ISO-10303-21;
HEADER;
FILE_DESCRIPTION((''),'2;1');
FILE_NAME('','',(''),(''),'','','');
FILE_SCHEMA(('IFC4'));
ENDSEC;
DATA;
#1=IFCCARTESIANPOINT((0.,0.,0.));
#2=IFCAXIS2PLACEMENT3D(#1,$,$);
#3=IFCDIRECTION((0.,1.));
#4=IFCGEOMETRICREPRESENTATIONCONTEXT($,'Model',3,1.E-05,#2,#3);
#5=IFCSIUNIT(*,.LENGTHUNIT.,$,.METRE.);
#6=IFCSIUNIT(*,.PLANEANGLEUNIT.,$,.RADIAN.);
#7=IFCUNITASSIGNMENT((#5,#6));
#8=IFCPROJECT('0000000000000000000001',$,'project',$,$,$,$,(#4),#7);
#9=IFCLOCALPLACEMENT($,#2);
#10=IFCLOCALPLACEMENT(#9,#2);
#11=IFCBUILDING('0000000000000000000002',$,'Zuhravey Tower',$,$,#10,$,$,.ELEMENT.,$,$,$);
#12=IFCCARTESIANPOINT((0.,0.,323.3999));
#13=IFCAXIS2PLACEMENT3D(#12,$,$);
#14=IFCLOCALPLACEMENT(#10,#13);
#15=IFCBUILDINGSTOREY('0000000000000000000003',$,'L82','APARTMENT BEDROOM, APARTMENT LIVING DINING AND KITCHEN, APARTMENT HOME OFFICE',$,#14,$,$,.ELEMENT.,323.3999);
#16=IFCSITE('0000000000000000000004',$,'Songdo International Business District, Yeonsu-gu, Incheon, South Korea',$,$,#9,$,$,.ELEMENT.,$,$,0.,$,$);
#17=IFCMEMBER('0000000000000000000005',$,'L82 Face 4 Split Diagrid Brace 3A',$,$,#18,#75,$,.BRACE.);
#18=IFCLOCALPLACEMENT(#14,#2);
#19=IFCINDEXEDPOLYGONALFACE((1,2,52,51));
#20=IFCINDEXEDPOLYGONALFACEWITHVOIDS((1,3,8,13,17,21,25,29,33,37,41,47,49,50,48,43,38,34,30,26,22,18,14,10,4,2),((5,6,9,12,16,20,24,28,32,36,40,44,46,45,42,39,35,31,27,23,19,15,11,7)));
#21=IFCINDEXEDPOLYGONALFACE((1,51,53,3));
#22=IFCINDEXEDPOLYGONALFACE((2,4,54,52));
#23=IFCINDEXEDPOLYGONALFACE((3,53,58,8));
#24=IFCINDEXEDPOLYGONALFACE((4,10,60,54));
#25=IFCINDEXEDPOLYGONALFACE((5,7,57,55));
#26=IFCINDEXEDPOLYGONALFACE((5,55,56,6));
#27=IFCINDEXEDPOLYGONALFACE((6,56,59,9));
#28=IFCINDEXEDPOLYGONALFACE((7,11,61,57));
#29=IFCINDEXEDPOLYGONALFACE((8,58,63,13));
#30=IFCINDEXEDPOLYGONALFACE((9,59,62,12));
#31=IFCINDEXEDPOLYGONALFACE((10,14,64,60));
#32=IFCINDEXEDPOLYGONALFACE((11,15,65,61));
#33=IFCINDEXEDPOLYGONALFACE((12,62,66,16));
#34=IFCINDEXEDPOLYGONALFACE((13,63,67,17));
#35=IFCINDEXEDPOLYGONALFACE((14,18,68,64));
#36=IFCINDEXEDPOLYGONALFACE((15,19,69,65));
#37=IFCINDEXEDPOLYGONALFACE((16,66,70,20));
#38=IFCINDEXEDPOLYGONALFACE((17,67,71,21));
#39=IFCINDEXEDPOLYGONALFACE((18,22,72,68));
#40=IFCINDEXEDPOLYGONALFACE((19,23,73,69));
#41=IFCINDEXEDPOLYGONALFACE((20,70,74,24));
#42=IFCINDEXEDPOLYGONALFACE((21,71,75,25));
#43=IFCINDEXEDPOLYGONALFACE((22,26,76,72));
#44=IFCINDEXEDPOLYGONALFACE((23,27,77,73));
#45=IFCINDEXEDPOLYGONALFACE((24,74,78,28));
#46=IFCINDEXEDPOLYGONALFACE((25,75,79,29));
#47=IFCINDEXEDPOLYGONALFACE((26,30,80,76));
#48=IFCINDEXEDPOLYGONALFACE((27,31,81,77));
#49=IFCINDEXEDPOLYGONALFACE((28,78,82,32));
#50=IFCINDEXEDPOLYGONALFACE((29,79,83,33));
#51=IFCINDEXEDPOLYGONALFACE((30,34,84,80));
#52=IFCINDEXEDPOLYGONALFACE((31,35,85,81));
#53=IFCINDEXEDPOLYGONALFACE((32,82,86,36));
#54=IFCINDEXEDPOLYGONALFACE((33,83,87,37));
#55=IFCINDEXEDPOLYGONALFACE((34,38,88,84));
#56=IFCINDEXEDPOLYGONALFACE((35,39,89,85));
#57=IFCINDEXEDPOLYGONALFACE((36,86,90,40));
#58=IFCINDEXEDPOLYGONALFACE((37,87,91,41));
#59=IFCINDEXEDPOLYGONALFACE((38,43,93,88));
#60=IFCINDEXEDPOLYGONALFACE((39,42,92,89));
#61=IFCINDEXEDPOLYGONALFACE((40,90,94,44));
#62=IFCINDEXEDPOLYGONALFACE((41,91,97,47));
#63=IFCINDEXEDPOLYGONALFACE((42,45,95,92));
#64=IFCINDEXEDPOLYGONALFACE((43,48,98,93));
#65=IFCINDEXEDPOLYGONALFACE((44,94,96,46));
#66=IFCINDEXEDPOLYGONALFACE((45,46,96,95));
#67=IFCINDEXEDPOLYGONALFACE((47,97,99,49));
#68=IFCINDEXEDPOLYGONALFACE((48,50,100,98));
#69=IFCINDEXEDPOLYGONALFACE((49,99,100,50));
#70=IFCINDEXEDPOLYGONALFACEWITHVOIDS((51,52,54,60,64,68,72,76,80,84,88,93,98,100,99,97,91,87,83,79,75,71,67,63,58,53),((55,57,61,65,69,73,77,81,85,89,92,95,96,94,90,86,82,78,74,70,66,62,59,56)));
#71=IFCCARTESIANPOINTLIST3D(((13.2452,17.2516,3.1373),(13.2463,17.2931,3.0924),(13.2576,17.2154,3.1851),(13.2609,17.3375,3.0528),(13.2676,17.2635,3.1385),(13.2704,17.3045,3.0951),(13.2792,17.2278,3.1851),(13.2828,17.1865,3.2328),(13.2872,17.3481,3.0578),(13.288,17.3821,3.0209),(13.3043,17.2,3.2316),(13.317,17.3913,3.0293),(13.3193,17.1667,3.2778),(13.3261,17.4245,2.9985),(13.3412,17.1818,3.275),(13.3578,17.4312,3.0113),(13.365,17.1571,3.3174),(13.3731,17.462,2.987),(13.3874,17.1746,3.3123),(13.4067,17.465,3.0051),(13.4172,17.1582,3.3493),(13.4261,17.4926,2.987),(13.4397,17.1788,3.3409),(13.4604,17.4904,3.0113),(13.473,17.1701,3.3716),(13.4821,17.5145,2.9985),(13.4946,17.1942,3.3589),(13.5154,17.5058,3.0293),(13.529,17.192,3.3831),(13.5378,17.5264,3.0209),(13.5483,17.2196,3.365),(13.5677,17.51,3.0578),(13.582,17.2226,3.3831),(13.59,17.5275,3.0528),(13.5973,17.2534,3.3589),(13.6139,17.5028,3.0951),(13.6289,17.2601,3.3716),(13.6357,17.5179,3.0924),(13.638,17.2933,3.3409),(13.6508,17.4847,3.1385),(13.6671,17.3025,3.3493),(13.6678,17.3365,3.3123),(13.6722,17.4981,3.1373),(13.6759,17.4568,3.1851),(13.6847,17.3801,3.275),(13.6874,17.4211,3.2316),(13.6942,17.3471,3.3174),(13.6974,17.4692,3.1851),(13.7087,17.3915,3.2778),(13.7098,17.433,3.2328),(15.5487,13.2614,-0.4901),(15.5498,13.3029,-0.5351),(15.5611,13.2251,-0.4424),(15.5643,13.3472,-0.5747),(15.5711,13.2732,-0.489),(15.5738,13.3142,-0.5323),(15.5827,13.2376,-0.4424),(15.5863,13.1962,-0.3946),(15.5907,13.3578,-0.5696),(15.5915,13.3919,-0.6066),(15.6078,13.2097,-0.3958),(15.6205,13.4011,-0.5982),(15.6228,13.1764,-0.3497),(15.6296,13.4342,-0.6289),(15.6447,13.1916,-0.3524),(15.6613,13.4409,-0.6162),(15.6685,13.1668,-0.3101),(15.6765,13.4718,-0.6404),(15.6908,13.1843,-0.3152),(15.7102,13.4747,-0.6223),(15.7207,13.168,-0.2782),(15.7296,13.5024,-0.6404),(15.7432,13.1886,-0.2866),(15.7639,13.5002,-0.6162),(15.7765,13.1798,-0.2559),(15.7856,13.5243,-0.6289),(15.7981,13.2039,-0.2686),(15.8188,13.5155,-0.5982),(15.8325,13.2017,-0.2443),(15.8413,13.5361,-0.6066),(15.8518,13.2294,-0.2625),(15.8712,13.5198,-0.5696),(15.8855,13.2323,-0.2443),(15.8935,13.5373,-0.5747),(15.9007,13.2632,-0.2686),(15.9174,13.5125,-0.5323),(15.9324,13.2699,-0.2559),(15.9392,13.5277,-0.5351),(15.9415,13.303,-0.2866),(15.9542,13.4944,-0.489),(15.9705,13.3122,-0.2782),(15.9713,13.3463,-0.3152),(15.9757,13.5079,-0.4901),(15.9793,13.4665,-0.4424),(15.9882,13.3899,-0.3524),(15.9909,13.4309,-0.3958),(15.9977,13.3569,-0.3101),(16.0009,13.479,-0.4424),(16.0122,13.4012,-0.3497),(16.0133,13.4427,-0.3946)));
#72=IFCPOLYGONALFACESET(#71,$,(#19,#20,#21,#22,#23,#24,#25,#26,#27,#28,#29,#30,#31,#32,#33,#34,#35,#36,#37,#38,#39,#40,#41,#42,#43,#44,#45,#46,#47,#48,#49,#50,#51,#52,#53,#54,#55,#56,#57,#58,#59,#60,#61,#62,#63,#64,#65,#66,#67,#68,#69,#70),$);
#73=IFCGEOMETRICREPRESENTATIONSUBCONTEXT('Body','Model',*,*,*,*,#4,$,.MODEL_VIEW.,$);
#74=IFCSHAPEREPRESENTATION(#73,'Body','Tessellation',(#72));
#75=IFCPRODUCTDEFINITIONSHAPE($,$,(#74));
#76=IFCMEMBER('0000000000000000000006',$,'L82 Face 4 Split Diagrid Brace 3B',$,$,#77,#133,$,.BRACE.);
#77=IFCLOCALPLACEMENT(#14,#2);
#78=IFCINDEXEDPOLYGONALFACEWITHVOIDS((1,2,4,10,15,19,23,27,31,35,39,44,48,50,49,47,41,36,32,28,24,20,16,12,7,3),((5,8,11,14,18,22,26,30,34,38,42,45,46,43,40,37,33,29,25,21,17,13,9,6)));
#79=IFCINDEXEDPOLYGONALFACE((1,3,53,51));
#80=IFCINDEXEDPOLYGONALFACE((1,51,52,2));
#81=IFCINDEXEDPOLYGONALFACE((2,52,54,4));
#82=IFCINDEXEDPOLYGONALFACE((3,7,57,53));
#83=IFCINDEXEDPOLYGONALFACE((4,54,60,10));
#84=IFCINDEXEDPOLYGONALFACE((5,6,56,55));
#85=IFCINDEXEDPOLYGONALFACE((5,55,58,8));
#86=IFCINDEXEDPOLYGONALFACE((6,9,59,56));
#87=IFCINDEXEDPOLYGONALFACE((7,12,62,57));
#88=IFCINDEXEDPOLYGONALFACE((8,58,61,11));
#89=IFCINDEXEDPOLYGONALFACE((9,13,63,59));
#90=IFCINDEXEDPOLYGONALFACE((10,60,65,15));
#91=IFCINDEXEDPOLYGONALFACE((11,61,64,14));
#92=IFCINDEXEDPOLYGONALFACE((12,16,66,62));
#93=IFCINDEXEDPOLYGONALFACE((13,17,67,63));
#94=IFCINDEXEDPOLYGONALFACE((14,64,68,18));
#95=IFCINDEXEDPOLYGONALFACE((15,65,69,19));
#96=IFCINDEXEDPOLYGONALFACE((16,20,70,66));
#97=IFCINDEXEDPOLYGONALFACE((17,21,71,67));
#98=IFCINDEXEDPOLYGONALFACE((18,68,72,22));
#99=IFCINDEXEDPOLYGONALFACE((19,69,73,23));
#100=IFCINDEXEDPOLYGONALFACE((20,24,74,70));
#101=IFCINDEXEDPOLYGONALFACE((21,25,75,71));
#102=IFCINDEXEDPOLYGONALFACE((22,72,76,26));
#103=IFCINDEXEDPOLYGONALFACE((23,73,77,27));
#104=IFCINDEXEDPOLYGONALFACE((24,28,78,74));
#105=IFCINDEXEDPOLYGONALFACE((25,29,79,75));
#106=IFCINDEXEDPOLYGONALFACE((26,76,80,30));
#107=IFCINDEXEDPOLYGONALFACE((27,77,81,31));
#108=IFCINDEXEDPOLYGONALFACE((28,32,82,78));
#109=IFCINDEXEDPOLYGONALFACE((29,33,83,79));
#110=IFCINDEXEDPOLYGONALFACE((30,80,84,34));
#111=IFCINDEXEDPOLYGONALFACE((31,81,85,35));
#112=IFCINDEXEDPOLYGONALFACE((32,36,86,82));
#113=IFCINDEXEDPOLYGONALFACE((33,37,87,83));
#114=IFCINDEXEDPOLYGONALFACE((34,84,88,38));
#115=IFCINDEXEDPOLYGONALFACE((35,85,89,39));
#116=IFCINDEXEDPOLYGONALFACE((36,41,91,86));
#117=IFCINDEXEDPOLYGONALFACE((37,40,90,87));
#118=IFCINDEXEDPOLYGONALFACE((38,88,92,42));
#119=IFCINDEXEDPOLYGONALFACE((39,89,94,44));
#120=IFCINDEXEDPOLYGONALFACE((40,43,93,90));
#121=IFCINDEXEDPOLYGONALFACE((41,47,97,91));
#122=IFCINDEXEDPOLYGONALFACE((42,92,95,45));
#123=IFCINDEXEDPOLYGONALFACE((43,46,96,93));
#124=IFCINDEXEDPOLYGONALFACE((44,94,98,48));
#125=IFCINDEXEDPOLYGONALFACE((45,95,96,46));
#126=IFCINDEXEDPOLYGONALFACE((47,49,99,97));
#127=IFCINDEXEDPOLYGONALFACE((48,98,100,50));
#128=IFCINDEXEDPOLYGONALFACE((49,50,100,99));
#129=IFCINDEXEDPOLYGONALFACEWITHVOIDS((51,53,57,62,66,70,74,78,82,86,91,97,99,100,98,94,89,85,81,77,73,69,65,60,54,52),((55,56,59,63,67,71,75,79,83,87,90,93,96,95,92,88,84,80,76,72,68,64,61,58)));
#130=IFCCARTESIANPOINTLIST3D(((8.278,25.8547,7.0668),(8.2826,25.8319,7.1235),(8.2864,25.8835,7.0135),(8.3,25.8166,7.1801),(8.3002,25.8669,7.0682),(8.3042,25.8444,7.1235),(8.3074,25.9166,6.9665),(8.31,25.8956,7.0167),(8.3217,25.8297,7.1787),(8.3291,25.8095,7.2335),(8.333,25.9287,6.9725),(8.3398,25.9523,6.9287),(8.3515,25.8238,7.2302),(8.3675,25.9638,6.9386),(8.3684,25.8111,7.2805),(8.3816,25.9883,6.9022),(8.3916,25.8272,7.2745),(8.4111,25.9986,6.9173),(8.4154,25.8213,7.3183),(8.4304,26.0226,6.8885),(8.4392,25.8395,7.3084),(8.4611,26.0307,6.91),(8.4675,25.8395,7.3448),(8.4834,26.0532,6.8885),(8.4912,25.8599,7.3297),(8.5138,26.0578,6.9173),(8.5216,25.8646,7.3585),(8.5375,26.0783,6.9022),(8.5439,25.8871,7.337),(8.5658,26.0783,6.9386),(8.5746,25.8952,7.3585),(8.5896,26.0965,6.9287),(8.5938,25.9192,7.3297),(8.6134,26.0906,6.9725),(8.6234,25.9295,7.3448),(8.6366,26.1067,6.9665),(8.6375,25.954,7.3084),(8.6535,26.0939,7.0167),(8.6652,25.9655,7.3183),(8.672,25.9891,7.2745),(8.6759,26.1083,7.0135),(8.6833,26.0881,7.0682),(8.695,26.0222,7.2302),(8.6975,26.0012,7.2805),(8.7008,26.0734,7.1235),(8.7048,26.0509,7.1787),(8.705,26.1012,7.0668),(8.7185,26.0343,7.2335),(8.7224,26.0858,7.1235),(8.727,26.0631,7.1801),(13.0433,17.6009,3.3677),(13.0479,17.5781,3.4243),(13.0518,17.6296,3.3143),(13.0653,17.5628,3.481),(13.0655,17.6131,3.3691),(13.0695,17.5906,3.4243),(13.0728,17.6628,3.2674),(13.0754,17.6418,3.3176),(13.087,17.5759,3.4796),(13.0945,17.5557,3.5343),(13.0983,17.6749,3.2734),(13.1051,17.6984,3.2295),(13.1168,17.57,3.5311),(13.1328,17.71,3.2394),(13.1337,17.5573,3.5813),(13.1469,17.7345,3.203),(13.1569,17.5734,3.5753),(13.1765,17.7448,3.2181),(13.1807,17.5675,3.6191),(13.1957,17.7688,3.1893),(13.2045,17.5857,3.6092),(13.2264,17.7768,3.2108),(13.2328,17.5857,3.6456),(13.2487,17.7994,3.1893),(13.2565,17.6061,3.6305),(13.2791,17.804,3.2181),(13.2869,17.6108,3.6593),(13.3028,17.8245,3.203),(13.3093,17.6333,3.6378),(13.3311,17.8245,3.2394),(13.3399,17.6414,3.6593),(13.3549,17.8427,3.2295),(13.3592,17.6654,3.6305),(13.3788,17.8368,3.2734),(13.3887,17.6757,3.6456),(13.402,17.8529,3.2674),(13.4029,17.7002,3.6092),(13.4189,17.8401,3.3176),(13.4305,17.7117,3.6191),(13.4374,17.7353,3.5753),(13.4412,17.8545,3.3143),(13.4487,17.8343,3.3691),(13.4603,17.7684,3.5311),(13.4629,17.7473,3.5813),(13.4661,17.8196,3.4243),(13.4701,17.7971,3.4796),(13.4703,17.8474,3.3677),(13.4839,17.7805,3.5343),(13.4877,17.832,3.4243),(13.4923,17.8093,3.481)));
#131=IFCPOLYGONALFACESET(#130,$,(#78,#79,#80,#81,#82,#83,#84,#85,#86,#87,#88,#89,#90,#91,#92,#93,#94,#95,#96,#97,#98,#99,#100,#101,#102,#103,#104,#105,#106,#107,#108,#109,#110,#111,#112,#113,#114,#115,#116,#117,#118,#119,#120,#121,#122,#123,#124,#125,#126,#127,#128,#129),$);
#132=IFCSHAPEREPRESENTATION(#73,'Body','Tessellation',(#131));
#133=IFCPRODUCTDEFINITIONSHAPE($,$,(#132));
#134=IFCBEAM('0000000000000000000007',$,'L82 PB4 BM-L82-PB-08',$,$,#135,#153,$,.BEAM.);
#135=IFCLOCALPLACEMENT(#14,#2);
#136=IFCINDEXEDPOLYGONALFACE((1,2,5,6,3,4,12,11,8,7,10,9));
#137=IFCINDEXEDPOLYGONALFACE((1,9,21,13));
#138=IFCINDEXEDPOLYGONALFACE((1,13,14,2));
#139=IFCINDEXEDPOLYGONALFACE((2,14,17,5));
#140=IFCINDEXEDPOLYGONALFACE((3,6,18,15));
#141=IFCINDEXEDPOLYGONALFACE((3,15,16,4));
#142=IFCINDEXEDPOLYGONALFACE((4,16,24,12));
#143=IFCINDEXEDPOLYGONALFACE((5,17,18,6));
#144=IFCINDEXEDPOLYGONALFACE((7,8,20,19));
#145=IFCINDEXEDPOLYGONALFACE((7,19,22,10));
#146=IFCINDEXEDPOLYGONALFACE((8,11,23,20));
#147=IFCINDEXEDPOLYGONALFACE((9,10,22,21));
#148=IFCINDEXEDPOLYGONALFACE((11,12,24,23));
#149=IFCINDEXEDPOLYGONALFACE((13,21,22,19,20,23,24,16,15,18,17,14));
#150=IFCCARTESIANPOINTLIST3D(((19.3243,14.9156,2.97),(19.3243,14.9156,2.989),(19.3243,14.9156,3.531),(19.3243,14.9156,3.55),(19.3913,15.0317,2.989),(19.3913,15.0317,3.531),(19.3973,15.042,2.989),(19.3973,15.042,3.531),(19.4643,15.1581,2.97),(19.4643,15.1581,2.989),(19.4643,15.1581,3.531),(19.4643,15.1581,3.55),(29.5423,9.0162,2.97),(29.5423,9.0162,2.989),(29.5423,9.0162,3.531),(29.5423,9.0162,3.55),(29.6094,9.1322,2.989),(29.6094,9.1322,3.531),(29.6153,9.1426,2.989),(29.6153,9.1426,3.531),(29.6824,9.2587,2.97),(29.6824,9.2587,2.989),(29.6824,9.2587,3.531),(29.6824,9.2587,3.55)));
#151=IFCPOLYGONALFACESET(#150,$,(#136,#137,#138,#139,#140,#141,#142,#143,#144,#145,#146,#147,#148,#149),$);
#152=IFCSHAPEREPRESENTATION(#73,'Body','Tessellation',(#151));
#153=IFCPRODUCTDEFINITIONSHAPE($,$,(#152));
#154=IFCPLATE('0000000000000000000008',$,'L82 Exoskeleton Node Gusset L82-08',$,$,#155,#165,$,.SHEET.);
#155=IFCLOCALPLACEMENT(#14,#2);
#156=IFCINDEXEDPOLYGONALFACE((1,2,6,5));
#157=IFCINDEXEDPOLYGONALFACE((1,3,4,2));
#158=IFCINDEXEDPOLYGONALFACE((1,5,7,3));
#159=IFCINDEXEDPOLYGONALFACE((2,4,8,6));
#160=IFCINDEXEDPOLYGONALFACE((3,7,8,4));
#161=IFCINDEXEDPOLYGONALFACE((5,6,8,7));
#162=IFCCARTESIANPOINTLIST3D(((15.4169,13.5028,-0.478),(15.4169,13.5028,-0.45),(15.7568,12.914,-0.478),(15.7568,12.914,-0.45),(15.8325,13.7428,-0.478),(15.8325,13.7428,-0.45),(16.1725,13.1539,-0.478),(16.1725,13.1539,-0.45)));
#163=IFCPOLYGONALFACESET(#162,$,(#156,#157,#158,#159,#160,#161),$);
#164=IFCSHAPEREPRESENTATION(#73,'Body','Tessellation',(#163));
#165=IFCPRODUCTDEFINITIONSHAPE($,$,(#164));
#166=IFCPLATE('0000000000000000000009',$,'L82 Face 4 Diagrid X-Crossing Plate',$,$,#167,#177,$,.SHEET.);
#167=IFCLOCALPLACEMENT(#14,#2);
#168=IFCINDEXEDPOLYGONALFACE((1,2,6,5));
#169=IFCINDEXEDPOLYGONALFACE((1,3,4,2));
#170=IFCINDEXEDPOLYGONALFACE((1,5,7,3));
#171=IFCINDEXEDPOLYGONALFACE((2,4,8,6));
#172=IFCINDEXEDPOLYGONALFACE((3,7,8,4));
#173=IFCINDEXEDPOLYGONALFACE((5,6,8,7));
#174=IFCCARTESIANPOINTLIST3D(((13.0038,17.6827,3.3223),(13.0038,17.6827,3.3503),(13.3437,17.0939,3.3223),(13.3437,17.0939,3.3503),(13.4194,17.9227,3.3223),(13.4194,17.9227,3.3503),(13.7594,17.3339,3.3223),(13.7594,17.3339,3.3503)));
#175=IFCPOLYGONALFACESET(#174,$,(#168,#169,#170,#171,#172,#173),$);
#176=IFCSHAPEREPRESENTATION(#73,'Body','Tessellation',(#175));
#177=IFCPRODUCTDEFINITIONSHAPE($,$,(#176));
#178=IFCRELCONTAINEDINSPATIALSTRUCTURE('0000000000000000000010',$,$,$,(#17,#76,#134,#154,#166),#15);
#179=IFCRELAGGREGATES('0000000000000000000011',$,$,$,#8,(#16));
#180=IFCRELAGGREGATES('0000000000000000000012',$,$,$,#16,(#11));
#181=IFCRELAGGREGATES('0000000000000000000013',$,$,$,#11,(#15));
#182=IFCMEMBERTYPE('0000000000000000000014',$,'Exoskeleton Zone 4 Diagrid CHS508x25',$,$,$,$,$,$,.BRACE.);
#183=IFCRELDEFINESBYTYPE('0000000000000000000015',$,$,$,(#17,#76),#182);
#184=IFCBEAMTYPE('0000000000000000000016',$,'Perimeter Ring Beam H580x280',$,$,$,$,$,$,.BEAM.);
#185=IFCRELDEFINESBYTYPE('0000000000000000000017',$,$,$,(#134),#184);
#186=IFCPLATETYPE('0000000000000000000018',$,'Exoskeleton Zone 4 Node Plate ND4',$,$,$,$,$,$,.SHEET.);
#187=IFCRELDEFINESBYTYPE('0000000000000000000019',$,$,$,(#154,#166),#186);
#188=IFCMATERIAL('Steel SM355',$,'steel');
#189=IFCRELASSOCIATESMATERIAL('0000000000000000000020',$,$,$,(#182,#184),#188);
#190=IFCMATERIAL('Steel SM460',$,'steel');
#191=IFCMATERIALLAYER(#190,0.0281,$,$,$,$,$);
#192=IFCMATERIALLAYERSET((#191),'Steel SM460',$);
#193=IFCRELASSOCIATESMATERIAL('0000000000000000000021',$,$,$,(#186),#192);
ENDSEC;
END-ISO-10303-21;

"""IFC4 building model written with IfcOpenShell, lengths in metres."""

from ifc_helpers import new_model, si_unit, direction, frame, origin, origin_2d, place, context, subcontext, project, spatial, rectangle, hollow_circle, i_section, extrude, material, layer, layer_set, material_profile, profile_set, type_object, element, save


model = new_model("IFC4")

# Units and contexts
model_context = context("Model", 3, precision=1e-05, world=origin(), true_north=direction((0.0, 1.0)))
body_context = subcontext(model_context, "Body", "Model", "MODEL_VIEW")
ifc_project = project(units=[si_unit("LENGTHUNIT", "METRE"), si_unit("PLANEANGLEUNIT", "RADIAN")], contexts=[model_context])

# Site, building, storey
site_placement = place(None, origin())
site = spatial("IfcSite", under=ifc_project, at=site_placement, Name="Songdo International Business District, Yeonsu-gu, Incheon, South Korea", CompositionType="ELEMENT", RefElevation=0.0)
building_placement = place(site_placement, origin())
building = spatial("IfcBuilding", under=site, at=building_placement, Name="Zuhravey Tower", CompositionType="ELEMENT")
storey_placement = place(building_placement, frame((0.0, 0.0, 323.3999)))
storey = spatial("IfcBuildingStorey", under=building, at=storey_placement, Name="L82", Description="APARTMENT BEDROOM, APARTMENT LIVING DINING AND KITCHEN, APARTMENT HOME OFFICE", CompositionType="ELEMENT", Elevation=323.3999)

# Members
ifc_material_1 = material(Name="Steel SM355", Category="steel")
ifc_material_profile_1 = material_profile(ifc_material_1, hollow_circle(Radius=0.2539, WallThickness=0.0249, at=origin_2d()), Name="CHS-508.0x25")
ifc_profile_set_1 = profile_set([ifc_material_profile_1], Name="Steel SM355")
member_type_1 = type_object("IfcMemberType", Name="Exoskeleton Zone 4 Diagrid CHS508x25", PredefinedType="BRACE", material=ifc_profile_set_1)
member_1_placement = place(storey_placement, frame((15.781, 13.3521, -0.4424), z_axis=(-0.392816, 0.680465, 0.618597), x_axis=(-0.866053, -0.499952, 0.0)))
element("IfcMember", 1, at=member_1_placement, inside=storey, type_object=member_type_1, Name="L82 Face 4 Split Diagrid Brace 3A", PredefinedType="BRACE", context=body_context, shape_type="SweptSolid", body=[
    extrude(hollow_circle(Radius=0.2539, WallThickness=0.0249, at=origin_2d()), origin(), (0.0, 0.0, 1.0), 5.864),
])
member_2_placement = place(storey_placement, frame((13.2678, 17.7051, 3.4243), z_axis=(-0.46612, 0.807346, 0.361835), x_axis=(-0.866026, -0.499999, 0.0)))
element("IfcMember", 2, at=member_2_placement, inside=storey, type_object=member_type_1, Name="L82 Face 4 Split Diagrid Brace 3B", PredefinedType="BRACE", context=body_context, shape_type="SweptSolid", body=[
    extrude(hollow_circle(Radius=0.2539, WallThickness=0.0249, at=origin_2d()), origin(), (0.0, 0.0, 1.0), 10.2234),
])

# Beam
ifc_material_profile_2 = material_profile(ifc_material_1, i_section(OverallWidth=0.28, OverallDepth=0.5801, WebThickness=0.012, FlangeThickness=0.019, at=origin_2d()), Name="H-580x280x12x19")
ifc_profile_set_2 = profile_set([ifc_material_profile_2], Name="Steel SM355")
beam_type = type_object("IfcBeamType", Name="Perimeter Ring Beam H580x280", PredefinedType="BEAM", material=ifc_profile_set_2)
beam_placement = place(storey_placement, frame((19.3943, 15.0369, 3.26), z_axis=(0.866024, -0.500002, 0.0), x_axis=(0.500002, 0.866024, 0.0)))
element("IfcBeam", 3, at=beam_placement, inside=storey, type_object=beam_type, Name="L82 PB4 BM-L82-PB-08", PredefinedType="BEAM", context=body_context, shape_type="SweptSolid", body=[
    extrude(i_section(OverallWidth=0.28, OverallDepth=0.5801, WebThickness=0.012, FlangeThickness=0.019, at=origin_2d()), origin(), (0.0, 0.0, 1.0), 11.7988),
])

# Plates
ifc_material_2 = material(Name="Steel SM460", Category="steel")
ifc_layer_1 = layer(ifc_material_2, 0.0281)
ifc_layer_set_1 = layer_set([ifc_layer_1], Name="Steel SM460")
plate_type_1 = type_object("IfcPlateType", Name="Exoskeleton Zone 4 Node Plate ND4", PredefinedType="SHEET", material=ifc_layer_set_1)
for number, where, z_axis, x_axis, name in (
    (4, (15.7947, 13.3284, -0.478), (0.0, 0.0, 1.0), (0.5, -0.866025, 0.0), "L82 Exoskeleton Node Gusset L82-08"),
    (5, (13.3816, 17.5083, 3.3223), (0.0, 0.0, 1.0), (0.5, -0.866025, 0.0), "L82 Face 4 Diagrid X-Crossing Plate"),
):
    element("IfcPlate", number, at=place(storey_placement, frame(where, z_axis=z_axis, x_axis=x_axis)), inside=storey, type_object=plate_type_1, Name=name, PredefinedType="SHEET", context=body_context, shape_type="SweptSolid", body=[
        extrude(rectangle(XDim=0.6799, YDim=0.48, at=origin_2d()), origin(), (0.0, 0.0, 1.0), 0.0281),
    ])

save(model, "model.ifc")
